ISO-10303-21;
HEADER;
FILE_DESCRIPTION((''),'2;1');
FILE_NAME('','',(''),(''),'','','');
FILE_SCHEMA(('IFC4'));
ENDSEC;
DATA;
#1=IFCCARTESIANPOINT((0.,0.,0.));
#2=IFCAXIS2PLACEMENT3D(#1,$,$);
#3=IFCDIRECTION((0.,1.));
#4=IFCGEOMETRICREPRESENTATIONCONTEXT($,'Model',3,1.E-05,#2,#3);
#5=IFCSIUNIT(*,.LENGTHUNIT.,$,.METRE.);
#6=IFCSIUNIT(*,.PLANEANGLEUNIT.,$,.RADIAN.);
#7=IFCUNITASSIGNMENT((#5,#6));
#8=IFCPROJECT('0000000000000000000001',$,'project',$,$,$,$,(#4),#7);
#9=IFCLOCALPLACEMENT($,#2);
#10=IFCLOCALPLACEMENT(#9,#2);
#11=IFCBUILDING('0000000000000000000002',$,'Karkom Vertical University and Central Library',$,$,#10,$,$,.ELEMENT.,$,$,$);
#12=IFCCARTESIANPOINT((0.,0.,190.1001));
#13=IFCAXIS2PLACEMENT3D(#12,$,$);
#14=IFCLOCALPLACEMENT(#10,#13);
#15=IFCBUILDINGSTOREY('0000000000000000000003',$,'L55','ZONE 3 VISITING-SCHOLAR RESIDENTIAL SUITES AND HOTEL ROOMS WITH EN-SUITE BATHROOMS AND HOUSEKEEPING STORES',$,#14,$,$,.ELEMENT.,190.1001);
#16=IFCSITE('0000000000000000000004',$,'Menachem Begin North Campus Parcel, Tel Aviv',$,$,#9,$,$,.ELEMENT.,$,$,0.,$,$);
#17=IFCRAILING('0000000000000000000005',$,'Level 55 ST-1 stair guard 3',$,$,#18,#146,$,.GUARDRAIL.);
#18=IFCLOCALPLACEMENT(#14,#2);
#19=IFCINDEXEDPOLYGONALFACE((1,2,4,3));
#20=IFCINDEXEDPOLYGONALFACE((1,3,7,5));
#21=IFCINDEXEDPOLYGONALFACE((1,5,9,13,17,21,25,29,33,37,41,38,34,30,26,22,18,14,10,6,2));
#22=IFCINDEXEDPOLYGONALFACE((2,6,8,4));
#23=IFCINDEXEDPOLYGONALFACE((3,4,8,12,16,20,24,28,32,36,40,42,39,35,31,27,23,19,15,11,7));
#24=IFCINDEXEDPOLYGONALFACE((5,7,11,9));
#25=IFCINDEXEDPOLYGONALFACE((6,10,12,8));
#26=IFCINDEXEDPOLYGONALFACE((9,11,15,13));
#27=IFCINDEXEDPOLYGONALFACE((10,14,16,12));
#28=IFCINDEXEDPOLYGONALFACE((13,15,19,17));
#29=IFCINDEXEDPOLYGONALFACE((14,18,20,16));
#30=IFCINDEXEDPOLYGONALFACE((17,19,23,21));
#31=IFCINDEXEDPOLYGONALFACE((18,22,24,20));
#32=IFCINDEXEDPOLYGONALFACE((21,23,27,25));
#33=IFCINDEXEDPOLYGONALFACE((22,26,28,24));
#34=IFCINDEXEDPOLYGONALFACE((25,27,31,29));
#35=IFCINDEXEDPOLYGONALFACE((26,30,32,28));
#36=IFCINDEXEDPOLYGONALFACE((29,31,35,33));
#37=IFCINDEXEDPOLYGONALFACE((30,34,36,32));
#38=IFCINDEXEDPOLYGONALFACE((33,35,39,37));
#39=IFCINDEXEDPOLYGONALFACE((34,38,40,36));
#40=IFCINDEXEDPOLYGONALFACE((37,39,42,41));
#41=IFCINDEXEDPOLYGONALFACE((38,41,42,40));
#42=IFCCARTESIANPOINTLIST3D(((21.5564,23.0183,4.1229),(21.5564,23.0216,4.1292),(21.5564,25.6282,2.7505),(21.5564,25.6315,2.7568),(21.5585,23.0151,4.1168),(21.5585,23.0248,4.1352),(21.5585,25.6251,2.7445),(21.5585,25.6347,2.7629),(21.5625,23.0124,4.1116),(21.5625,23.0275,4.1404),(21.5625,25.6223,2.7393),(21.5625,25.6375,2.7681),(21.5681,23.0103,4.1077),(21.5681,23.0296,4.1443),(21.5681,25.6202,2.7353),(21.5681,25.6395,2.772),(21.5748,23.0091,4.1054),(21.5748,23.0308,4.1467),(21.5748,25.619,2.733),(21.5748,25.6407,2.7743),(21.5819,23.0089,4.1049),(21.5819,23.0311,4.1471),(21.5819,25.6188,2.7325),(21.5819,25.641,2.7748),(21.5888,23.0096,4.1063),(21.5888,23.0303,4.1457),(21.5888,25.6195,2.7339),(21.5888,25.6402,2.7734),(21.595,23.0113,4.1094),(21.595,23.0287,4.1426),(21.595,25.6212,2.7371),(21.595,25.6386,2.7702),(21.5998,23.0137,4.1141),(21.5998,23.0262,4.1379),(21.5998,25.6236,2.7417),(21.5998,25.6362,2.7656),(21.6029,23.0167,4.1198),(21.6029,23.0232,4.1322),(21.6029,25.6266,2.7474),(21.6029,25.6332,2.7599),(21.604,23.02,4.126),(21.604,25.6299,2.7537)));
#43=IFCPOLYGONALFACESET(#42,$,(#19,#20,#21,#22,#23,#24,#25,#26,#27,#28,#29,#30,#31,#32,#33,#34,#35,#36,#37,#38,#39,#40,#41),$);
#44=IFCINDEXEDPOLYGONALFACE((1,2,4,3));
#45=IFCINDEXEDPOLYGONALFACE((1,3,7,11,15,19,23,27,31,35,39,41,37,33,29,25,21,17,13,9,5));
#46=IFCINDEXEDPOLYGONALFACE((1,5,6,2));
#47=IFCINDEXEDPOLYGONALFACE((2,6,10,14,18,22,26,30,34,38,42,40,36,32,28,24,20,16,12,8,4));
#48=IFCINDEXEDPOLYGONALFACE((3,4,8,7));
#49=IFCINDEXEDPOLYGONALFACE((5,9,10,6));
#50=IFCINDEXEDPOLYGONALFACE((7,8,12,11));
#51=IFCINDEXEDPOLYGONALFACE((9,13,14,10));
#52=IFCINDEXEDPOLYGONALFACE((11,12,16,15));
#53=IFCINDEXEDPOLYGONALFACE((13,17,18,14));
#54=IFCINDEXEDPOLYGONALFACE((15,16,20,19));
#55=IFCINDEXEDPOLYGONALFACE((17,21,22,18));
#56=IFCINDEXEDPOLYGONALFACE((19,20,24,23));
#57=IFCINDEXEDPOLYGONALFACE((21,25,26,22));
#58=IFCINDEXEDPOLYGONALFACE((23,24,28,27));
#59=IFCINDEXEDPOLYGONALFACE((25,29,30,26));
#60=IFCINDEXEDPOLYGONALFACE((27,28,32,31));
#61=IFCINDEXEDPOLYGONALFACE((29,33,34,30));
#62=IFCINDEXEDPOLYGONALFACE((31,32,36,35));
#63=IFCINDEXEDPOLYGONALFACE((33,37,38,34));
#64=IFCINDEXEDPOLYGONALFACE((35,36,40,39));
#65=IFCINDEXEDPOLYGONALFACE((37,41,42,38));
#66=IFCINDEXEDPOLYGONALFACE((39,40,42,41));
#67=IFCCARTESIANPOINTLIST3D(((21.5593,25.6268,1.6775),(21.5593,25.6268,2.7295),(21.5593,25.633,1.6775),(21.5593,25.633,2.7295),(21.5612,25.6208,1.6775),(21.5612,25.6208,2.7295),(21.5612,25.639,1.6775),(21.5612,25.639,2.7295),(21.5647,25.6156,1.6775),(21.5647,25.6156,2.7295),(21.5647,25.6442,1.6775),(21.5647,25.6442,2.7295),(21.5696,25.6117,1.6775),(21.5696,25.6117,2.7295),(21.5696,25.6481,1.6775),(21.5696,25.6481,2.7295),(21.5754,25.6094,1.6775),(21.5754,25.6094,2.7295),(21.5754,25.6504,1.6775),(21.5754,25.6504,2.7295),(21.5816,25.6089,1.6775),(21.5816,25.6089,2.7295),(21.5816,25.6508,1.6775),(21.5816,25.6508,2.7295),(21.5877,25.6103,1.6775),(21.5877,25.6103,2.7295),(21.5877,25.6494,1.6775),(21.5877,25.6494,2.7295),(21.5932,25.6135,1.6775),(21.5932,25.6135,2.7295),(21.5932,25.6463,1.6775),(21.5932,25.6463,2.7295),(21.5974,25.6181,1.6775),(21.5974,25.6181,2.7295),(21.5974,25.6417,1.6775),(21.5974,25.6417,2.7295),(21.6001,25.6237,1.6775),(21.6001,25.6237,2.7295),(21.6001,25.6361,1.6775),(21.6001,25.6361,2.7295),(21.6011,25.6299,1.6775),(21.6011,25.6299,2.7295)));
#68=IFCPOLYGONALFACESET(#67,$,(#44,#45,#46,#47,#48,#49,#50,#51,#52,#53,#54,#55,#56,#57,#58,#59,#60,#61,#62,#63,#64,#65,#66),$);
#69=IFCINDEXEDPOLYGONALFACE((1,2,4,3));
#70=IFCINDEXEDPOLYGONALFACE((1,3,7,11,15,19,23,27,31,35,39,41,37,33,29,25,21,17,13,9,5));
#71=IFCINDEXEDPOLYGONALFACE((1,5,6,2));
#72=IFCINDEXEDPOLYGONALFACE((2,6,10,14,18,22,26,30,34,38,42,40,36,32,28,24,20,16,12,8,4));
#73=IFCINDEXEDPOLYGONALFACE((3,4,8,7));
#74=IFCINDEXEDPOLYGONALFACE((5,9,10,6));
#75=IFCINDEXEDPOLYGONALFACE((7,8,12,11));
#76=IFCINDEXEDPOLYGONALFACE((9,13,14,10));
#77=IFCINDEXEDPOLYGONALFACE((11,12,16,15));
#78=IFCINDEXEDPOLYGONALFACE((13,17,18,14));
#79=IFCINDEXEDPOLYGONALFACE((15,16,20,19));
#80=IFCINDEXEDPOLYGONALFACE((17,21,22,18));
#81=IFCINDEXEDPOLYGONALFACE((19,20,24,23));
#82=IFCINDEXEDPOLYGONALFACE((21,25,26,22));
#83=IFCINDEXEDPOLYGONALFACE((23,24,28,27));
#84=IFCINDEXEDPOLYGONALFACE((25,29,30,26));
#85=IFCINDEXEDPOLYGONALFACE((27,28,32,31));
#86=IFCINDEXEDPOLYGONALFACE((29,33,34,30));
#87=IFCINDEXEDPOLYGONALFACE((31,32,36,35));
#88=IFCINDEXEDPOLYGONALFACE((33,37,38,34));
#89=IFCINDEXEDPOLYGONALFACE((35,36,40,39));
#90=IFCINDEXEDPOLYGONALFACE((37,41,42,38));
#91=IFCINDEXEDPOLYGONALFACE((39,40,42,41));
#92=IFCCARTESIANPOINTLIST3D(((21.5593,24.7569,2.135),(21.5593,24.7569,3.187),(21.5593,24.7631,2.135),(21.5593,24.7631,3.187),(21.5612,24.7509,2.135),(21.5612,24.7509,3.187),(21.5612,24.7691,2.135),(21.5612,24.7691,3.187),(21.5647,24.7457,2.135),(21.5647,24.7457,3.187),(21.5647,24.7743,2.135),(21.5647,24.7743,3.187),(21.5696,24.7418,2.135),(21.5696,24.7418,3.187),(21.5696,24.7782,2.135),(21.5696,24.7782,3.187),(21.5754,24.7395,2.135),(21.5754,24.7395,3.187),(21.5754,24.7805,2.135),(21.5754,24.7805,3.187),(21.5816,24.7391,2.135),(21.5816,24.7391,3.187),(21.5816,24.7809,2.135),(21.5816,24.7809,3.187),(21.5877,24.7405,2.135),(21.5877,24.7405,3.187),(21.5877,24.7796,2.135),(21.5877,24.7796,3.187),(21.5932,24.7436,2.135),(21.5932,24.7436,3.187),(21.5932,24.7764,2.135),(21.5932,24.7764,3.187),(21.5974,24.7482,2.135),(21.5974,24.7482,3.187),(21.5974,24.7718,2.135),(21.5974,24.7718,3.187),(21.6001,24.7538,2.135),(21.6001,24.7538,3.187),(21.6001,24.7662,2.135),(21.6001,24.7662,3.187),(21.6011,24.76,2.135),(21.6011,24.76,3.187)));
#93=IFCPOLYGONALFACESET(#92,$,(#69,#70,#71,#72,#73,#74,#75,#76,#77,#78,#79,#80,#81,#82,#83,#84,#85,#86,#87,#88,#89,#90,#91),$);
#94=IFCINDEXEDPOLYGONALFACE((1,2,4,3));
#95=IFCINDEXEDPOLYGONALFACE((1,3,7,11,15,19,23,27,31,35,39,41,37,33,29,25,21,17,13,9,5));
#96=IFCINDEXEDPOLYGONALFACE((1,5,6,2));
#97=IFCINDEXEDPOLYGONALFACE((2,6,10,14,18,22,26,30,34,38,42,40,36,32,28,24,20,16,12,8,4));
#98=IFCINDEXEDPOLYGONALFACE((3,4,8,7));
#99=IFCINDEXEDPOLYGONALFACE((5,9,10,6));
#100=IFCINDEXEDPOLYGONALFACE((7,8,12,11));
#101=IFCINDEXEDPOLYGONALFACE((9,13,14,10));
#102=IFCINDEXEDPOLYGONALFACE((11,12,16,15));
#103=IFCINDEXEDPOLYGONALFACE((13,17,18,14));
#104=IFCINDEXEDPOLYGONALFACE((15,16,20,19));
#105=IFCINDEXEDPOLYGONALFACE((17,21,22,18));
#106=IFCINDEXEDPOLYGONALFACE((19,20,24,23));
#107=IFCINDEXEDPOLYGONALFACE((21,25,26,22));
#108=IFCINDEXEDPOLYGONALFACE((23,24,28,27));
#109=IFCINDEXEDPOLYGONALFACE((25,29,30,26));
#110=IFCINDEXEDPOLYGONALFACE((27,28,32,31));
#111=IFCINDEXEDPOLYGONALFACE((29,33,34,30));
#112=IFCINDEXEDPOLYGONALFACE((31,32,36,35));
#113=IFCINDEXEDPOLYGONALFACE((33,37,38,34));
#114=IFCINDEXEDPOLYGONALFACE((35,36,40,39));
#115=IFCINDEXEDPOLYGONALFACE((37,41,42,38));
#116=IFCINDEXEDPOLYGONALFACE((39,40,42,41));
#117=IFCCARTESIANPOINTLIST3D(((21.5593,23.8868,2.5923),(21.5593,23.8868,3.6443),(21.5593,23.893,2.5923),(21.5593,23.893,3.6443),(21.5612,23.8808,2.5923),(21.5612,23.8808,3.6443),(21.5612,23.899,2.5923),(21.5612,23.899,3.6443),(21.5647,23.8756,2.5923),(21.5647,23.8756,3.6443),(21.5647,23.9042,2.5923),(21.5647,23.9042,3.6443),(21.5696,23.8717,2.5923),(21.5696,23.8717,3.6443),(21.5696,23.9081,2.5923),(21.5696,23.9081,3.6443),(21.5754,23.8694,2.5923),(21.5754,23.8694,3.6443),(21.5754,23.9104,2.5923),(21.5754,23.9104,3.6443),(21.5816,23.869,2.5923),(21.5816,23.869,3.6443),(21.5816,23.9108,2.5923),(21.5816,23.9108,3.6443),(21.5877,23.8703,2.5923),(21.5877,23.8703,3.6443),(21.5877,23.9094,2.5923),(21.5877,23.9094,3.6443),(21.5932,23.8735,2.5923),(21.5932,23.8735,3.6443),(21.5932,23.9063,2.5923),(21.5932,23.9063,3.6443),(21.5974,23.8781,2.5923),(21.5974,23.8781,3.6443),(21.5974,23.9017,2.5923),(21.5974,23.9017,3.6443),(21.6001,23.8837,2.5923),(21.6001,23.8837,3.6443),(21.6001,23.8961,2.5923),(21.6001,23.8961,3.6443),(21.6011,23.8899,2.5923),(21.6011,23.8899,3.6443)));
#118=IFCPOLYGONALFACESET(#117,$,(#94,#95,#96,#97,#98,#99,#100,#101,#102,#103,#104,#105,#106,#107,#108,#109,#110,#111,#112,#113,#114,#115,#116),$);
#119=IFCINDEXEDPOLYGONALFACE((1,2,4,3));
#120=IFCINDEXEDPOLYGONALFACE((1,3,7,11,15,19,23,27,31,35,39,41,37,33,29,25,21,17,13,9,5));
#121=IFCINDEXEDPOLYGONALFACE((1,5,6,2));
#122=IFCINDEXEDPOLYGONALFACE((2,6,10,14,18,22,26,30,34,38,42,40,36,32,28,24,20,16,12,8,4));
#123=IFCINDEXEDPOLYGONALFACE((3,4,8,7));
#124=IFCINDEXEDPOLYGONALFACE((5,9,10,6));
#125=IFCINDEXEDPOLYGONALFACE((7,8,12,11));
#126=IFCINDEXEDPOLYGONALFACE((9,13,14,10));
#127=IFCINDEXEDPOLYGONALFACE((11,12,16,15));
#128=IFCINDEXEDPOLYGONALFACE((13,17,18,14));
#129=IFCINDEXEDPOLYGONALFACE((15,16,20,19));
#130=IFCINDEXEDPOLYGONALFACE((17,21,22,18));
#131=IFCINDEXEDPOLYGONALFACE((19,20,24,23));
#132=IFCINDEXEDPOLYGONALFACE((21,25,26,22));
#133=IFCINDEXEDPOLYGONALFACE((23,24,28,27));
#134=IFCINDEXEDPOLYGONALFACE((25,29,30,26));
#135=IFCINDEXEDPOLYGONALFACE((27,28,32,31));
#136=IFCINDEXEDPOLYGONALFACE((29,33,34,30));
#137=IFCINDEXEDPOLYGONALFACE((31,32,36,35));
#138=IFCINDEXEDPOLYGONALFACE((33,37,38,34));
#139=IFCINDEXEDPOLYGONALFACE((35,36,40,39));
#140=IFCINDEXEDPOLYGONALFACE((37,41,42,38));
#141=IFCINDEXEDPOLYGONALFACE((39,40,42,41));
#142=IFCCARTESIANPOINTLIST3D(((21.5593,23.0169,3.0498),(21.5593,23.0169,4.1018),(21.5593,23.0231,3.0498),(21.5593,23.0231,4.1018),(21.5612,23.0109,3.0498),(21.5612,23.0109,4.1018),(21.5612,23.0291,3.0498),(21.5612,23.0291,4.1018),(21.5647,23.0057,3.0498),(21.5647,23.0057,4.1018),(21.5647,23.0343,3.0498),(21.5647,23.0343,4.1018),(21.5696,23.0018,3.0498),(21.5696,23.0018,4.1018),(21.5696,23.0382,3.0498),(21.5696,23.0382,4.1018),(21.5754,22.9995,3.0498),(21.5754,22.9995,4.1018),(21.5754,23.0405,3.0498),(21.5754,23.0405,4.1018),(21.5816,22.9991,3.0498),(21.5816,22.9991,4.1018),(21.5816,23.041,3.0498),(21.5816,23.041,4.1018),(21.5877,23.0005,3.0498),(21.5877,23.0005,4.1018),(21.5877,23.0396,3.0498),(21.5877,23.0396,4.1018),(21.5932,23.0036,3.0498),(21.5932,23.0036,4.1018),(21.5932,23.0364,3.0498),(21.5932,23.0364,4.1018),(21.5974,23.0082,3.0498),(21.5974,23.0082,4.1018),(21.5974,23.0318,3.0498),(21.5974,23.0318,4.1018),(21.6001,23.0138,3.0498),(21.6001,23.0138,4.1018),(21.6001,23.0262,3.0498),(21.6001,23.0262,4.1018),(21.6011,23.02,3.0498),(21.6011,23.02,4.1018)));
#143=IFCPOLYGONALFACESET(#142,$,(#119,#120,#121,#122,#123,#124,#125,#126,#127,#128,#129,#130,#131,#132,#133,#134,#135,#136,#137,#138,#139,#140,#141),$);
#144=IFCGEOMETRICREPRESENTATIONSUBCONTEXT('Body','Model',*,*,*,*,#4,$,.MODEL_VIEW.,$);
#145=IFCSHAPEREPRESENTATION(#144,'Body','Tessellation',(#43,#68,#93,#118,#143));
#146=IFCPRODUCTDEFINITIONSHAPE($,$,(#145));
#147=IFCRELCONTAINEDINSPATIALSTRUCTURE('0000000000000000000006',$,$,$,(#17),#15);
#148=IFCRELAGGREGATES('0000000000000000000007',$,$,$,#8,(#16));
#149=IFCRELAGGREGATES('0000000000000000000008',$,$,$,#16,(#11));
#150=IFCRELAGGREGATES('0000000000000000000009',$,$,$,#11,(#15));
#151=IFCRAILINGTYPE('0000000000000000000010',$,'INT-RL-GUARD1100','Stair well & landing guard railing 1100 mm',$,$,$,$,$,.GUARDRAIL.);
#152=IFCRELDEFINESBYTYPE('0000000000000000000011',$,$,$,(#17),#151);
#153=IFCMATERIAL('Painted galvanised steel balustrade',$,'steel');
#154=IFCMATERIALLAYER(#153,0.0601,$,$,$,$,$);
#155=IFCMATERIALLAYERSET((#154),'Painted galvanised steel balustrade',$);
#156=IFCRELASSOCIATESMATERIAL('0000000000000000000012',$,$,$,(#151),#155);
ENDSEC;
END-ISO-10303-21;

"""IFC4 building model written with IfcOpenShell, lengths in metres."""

from ifc_helpers import new_model, si_unit, direction, frame, origin, origin_2d, place, context, subcontext, project, spatial, circle, extrude, material, layer, layer_set, type_object, element, save


model = new_model("IFC4")

# Units and contexts
model_context = context("Model", 3, precision=1e-05, world=origin(), true_north=direction((0.0, 1.0)))
body_context = subcontext(model_context, "Body", "Model", "MODEL_VIEW")
ifc_project = project(units=[si_unit("LENGTHUNIT", "METRE"), si_unit("PLANEANGLEUNIT", "RADIAN")], contexts=[model_context])

# Site, building, storey
site_placement = place(None, origin())
site = spatial("IfcSite", under=ifc_project, at=site_placement, Name="Menachem Begin North Campus Parcel, Tel Aviv", CompositionType="ELEMENT", RefElevation=0.0)
building_placement = place(site_placement, origin())
building = spatial("IfcBuilding", under=site, at=building_placement, Name="Karkom Vertical University and Central Library", CompositionType="ELEMENT")
storey_placement = place(building_placement, frame((0.0, 0.0, 190.1001)))
storey = spatial("IfcBuildingStorey", under=building, at=storey_placement, Name="L55", Description="ZONE 3 VISITING-SCHOLAR RESIDENTIAL SUITES AND HOTEL ROOMS WITH EN-SUITE BATHROOMS AND HOUSEKEEPING STORES", CompositionType="ELEMENT", Elevation=190.1001)

# Railing
ifc_material_1 = material(Name="Painted galvanised steel balustrade", Category="steel")
ifc_layer_1 = layer(ifc_material_1, 0.0601)
ifc_layer_set_1 = layer_set([ifc_layer_1], Name="Painted galvanised steel balustrade")
railing_type_1 = type_object("IfcRailingType", Name="INT-RL-GUARD1100", Description="Stair well & landing guard railing 1100 mm", PredefinedType="GUARDRAIL", material=ifc_layer_set_1)
railing_1_placement = place(storey_placement, frame((21.5801, 25.6299, 1.6775)))
element("IfcRailing", 1, at=railing_1_placement, inside=storey, type_object=railing_type_1, Name="Level 55 ST-1 stair guard 3", PredefinedType="GUARDRAIL", context=body_context, shape_type="SweptSolid", body=[
    extrude(circle(Radius=0.0239, at=origin_2d()), frame((0.0, 0.0, 1.0762), z_axis=(0.0, -0.8851, 0.465402), x_axis=(1.0, 0.0, 0.0)), (0.0, 0.0, 1.0), 2.9487),
    extrude(circle(Radius=0.021, at=origin_2d()), origin(), (0.0, 0.0, 1.0), 1.052),
    extrude(circle(Radius=0.021, at=origin_2d()), frame((0.0, -0.8699, 0.4575)), (0.0, 0.0, 1.0), 1.052),
    extrude(circle(Radius=0.021, at=origin_2d()), frame((0.0, -1.74, 0.9148)), (0.0, 0.0, 1.0), 1.052),
    extrude(circle(Radius=0.021, at=origin_2d()), frame((0.0, -2.6099, 1.3723)), (0.0, 0.0, 1.0), 1.052),
])

save(model, "model.ifc")
